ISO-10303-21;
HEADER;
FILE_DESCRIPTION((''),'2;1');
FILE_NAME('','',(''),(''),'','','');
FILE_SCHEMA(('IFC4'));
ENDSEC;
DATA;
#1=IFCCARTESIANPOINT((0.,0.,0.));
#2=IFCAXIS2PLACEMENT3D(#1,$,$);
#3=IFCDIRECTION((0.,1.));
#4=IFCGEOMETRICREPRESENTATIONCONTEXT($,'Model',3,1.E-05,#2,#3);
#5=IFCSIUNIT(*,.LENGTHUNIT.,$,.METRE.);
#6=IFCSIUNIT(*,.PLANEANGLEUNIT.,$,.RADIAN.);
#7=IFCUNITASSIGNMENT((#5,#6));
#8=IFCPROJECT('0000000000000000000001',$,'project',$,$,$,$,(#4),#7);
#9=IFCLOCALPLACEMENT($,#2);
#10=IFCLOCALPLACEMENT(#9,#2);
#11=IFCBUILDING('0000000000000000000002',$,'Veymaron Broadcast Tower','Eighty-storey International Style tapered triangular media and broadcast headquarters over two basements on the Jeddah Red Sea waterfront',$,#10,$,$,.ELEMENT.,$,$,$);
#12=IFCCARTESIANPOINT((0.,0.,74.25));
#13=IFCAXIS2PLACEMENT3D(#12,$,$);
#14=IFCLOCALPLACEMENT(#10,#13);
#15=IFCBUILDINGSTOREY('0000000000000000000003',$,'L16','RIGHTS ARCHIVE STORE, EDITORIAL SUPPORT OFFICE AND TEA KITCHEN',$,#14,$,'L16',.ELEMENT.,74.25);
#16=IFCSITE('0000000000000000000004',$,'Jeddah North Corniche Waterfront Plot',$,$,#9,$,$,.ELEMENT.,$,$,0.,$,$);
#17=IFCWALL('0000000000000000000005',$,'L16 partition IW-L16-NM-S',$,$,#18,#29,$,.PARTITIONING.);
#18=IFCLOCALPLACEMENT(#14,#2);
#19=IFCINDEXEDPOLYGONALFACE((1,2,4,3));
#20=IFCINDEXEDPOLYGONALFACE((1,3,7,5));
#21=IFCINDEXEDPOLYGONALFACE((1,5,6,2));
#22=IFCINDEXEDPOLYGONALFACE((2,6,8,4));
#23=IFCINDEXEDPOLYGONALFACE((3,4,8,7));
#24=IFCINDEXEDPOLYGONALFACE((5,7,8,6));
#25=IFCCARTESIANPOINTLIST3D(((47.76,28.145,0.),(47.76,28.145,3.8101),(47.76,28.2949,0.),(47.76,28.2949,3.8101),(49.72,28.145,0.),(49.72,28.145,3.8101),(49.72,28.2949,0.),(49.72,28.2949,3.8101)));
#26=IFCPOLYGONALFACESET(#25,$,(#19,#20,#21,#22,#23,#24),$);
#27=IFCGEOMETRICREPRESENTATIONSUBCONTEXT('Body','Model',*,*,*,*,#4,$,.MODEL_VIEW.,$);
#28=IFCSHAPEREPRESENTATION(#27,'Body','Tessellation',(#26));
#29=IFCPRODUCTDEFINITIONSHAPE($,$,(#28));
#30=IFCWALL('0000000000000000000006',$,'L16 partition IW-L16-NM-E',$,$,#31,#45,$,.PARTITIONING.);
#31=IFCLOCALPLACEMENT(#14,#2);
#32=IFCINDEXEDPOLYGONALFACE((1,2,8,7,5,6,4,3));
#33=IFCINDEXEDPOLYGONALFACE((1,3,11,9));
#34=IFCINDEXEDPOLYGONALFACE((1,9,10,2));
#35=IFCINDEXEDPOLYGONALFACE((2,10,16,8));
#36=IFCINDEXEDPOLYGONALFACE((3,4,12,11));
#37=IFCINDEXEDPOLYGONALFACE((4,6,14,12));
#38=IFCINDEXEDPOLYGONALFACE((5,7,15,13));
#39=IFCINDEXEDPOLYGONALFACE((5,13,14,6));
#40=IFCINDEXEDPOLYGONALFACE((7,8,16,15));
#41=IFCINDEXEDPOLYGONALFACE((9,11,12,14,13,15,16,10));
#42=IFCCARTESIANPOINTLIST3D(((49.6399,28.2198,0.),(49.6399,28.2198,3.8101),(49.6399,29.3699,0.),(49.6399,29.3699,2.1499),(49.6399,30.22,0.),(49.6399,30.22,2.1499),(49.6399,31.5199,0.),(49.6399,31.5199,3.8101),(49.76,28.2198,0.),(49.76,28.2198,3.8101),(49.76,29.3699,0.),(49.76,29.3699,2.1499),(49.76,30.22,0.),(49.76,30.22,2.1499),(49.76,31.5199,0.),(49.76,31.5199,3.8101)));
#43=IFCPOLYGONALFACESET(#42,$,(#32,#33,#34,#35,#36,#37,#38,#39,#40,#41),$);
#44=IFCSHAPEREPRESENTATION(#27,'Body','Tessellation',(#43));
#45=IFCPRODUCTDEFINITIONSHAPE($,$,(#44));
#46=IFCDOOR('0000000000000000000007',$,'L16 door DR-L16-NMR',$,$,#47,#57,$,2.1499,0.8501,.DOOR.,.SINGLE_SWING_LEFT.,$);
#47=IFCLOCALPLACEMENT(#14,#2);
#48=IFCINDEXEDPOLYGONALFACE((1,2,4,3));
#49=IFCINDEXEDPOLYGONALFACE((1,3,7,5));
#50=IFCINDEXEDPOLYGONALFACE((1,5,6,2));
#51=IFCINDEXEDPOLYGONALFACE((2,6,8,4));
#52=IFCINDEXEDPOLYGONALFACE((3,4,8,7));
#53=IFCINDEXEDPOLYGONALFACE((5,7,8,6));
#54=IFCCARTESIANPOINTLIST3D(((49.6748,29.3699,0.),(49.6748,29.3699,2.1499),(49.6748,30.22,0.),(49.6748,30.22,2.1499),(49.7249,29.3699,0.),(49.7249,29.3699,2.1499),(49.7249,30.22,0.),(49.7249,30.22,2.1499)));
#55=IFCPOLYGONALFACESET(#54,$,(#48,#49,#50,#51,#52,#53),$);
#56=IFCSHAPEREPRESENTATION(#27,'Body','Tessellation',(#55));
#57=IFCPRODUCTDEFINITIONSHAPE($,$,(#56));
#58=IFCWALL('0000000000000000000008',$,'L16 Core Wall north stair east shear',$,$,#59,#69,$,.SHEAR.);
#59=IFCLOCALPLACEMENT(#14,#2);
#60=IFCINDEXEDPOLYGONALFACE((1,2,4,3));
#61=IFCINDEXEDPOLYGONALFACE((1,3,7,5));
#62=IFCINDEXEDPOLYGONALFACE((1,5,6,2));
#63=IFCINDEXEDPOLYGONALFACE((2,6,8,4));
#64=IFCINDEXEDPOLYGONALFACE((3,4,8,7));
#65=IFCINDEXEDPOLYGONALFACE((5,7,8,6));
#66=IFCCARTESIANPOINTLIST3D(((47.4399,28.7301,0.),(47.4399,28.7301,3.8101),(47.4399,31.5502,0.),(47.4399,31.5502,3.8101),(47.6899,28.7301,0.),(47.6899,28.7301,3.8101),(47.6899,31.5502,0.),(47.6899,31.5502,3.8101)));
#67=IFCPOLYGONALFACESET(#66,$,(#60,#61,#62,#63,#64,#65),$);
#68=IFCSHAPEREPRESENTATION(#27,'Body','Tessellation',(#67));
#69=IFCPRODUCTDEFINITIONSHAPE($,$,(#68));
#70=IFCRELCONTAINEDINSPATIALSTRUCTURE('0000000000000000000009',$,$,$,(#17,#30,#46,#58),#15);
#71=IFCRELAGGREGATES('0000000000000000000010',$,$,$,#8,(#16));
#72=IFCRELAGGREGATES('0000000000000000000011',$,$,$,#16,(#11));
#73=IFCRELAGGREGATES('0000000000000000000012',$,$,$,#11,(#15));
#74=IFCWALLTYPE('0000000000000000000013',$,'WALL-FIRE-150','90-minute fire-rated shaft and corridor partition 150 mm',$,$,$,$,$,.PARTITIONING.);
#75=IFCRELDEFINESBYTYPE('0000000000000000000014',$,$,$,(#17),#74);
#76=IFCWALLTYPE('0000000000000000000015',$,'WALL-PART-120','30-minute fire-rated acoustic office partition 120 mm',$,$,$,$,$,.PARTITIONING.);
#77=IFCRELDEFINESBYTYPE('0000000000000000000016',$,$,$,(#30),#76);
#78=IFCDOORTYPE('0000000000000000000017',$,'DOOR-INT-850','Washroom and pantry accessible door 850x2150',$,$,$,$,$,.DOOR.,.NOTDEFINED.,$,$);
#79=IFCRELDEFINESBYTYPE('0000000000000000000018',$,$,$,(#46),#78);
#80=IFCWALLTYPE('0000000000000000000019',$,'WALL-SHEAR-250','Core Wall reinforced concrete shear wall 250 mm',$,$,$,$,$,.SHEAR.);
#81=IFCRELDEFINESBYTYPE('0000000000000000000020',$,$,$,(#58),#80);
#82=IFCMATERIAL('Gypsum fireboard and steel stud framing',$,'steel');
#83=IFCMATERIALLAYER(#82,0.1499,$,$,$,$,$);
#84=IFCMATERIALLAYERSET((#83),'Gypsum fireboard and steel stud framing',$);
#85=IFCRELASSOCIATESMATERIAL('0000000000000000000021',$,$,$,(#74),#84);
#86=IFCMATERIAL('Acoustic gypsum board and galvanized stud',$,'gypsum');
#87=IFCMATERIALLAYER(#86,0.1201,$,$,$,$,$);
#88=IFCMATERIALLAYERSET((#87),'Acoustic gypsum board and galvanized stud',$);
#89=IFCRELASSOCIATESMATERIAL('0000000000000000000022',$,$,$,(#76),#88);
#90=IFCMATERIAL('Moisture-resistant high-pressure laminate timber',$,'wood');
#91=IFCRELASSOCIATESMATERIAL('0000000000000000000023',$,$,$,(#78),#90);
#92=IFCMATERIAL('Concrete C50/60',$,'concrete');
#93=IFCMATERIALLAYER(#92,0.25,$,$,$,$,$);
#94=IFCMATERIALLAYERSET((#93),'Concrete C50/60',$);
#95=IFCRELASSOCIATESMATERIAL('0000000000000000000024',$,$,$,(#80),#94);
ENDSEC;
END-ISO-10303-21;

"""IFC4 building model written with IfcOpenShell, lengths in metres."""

from ifc_helpers import new_model, si_unit, direction, frame, frame_2d, origin, place, context, subcontext, project, spatial, rectangle, extrude, material, layer, layer_set, type_object, element, fill, save


model = new_model("IFC4")

# Units and contexts
model_context = context("Model", 3, precision=1e-05, world=origin(), true_north=direction((0.0, 1.0)))
body_context = subcontext(model_context, "Body", "Model", "MODEL_VIEW")
ifc_project = project(units=[si_unit("LENGTHUNIT", "METRE"), si_unit("PLANEANGLEUNIT", "RADIAN")], contexts=[model_context])

# Site, building, storey
site_placement = place(None, origin())
site = spatial("IfcSite", under=ifc_project, at=site_placement, Name="Jeddah North Corniche Waterfront Plot", CompositionType="ELEMENT", RefElevation=0.0)
building_placement = place(site_placement, origin())
building = spatial("IfcBuilding", under=site, at=building_placement, Name="Veymaron Broadcast Tower", Description="Eighty-storey International Style tapered triangular media and broadcast headquarters over two basements on the Jeddah Red Sea waterfront", CompositionType="ELEMENT")
storey_placement = place(building_placement, frame((0.0, 0.0, 74.25)))
storey = spatial("IfcBuildingStorey", under=building, at=storey_placement, Name="L16", Description="RIGHTS ARCHIVE STORE, EDITORIAL SUPPORT OFFICE AND TEA KITCHEN", LongName="L16", CompositionType="ELEMENT", Elevation=74.25)

# Shared definitions
ifc_material_1 = material(Name="Gypsum fireboard and steel stud framing", Category="steel")
ifc_layer_1 = layer(ifc_material_1, 0.1499)
ifc_layer_set_1 = layer_set([ifc_layer_1], Name="Gypsum fireboard and steel stud framing")
wall_type_1 = type_object("IfcWallType", Name="WALL-FIRE-150", Description="90-minute fire-rated shaft and corridor partition 150 mm", PredefinedType="PARTITIONING", material=ifc_layer_set_1)

# Wall
wall_1_placement = place(storey_placement, frame((47.76, 28.22, 0.0), z_axis=(0.0, 0.0, 1.0), x_axis=(1.0, 0.0, 0.0)))
element("IfcWall", 1, at=wall_1_placement, inside=storey, type_object=wall_type_1, Name="L16 partition IW-L16-NM-S", PredefinedType="PARTITIONING", context=body_context, shape_type="SweptSolid", body=[
    extrude(rectangle(XDim=1.96, YDim=0.1499, at=frame_2d((0.98, 0.0))), origin(), (0.0, 0.0, 1.0), 3.8101),
])

# Wall, opening, door
ifc_material_2 = material(Name="Acoustic gypsum board and galvanized stud", Category="gypsum")
ifc_layer_2 = layer(ifc_material_2, 0.1201)
ifc_layer_set_2 = layer_set([ifc_layer_2], Name="Acoustic gypsum board and galvanized stud")
wall_type_2 = type_object("IfcWallType", Name="WALL-PART-120", Description="30-minute fire-rated acoustic office partition 120 mm", PredefinedType="PARTITIONING", material=ifc_layer_set_2)
wall_2_placement = place(storey_placement, frame((49.7, 28.22, 0.0), z_axis=(0.0, 0.0, 1.0), x_axis=(0.0, 1.0, 0.0)))
wall_2 = element("IfcWall", 2, at=wall_2_placement, inside=storey, type_object=wall_type_2, Name="L16 partition IW-L16-NM-E", PredefinedType="PARTITIONING", context=body_context, shape_type="SweptSolid", body=[
    extrude(rectangle(XDim=3.3, YDim=0.1201, at=frame_2d((1.6499, 0.0))), origin(), (0.0, 0.0, 1.0), 3.8101),
])
opening_1_placement = place(wall_2_placement, frame((1.1499, 0.0, 0.0)))
opening_1 = element("IfcOpeningElement", 3, at=opening_1_placement, cuts=wall_2, PredefinedType="OPENING", context=body_context, shape_type="SweptSolid", body=[
    extrude(rectangle(XDim=0.8501, YDim=2.1499, at=frame_2d((0.425, 1.075))), frame((0.0, 0.0701, 0.0), z_axis=(0.0, -1.0, 0.0), x_axis=(1.0, 0.0, 0.0)), (0.0, 0.0, 1.0), 0.1401),
])
ifc_material_3 = material(Name="Moisture-resistant high-pressure laminate timber", Category="wood")
door_type_1 = type_object("IfcDoorType", Name="DOOR-INT-850", Description="Washroom and pantry accessible door 850x2150", OperationType="NOTDEFINED", PredefinedType="DOOR", material=ifc_material_3)
door_1_placement = place(opening_1_placement, frame((0.8501, 0.0, 0.0), z_axis=(0.0, 0.0, 1.0), x_axis=(-1.0, 0.0, 0.0)))
door_1 = element("IfcDoor", 4, at=door_1_placement, inside=storey, type_object=door_type_1, Name="L16 door DR-L16-NMR", OperationType="SINGLE_SWING_LEFT", OverallHeight=2.1499, OverallWidth=0.8501, PredefinedType="DOOR", context=body_context, shape_type="SweptSolid", body=[
    extrude(rectangle(XDim=0.8501, YDim=2.1499, at=frame_2d((0.425, 1.075))), frame((0.0, 0.0249, 0.0), z_axis=(0.0, -1.0, 0.0), x_axis=(1.0, 0.0, 0.0)), (0.0, 0.0, 1.0), 0.05),
])
fill(opening_1, door_1)

# Wall
ifc_material_4 = material(Name="Concrete C50/60", Category="concrete")
ifc_layer_3 = layer(ifc_material_4, 0.25)
ifc_layer_set_3 = layer_set([ifc_layer_3], Name="Concrete C50/60")
wall_type_3 = type_object("IfcWallType", Name="WALL-SHEAR-250", Description="Core Wall reinforced concrete shear wall 250 mm", PredefinedType="SHEAR", material=ifc_layer_set_3)
wall_3_placement = place(storey_placement, frame((47.5649, 28.73, 0.0), z_axis=(0.0, 0.0, 1.0), x_axis=(0.0, 1.0, 0.0)))
element("IfcWall", 5, at=wall_3_placement, inside=storey, type_object=wall_type_3, Name="L16 Core Wall north stair east shear", PredefinedType="SHEAR", context=body_context, shape_type="SweptSolid", body=[
    extrude(rectangle(XDim=2.8201, YDim=0.25, at=frame_2d((1.4102, 0.0))), origin(), (0.0, 0.0, 1.0), 3.8101),
])

save(model, "model.ifc")
